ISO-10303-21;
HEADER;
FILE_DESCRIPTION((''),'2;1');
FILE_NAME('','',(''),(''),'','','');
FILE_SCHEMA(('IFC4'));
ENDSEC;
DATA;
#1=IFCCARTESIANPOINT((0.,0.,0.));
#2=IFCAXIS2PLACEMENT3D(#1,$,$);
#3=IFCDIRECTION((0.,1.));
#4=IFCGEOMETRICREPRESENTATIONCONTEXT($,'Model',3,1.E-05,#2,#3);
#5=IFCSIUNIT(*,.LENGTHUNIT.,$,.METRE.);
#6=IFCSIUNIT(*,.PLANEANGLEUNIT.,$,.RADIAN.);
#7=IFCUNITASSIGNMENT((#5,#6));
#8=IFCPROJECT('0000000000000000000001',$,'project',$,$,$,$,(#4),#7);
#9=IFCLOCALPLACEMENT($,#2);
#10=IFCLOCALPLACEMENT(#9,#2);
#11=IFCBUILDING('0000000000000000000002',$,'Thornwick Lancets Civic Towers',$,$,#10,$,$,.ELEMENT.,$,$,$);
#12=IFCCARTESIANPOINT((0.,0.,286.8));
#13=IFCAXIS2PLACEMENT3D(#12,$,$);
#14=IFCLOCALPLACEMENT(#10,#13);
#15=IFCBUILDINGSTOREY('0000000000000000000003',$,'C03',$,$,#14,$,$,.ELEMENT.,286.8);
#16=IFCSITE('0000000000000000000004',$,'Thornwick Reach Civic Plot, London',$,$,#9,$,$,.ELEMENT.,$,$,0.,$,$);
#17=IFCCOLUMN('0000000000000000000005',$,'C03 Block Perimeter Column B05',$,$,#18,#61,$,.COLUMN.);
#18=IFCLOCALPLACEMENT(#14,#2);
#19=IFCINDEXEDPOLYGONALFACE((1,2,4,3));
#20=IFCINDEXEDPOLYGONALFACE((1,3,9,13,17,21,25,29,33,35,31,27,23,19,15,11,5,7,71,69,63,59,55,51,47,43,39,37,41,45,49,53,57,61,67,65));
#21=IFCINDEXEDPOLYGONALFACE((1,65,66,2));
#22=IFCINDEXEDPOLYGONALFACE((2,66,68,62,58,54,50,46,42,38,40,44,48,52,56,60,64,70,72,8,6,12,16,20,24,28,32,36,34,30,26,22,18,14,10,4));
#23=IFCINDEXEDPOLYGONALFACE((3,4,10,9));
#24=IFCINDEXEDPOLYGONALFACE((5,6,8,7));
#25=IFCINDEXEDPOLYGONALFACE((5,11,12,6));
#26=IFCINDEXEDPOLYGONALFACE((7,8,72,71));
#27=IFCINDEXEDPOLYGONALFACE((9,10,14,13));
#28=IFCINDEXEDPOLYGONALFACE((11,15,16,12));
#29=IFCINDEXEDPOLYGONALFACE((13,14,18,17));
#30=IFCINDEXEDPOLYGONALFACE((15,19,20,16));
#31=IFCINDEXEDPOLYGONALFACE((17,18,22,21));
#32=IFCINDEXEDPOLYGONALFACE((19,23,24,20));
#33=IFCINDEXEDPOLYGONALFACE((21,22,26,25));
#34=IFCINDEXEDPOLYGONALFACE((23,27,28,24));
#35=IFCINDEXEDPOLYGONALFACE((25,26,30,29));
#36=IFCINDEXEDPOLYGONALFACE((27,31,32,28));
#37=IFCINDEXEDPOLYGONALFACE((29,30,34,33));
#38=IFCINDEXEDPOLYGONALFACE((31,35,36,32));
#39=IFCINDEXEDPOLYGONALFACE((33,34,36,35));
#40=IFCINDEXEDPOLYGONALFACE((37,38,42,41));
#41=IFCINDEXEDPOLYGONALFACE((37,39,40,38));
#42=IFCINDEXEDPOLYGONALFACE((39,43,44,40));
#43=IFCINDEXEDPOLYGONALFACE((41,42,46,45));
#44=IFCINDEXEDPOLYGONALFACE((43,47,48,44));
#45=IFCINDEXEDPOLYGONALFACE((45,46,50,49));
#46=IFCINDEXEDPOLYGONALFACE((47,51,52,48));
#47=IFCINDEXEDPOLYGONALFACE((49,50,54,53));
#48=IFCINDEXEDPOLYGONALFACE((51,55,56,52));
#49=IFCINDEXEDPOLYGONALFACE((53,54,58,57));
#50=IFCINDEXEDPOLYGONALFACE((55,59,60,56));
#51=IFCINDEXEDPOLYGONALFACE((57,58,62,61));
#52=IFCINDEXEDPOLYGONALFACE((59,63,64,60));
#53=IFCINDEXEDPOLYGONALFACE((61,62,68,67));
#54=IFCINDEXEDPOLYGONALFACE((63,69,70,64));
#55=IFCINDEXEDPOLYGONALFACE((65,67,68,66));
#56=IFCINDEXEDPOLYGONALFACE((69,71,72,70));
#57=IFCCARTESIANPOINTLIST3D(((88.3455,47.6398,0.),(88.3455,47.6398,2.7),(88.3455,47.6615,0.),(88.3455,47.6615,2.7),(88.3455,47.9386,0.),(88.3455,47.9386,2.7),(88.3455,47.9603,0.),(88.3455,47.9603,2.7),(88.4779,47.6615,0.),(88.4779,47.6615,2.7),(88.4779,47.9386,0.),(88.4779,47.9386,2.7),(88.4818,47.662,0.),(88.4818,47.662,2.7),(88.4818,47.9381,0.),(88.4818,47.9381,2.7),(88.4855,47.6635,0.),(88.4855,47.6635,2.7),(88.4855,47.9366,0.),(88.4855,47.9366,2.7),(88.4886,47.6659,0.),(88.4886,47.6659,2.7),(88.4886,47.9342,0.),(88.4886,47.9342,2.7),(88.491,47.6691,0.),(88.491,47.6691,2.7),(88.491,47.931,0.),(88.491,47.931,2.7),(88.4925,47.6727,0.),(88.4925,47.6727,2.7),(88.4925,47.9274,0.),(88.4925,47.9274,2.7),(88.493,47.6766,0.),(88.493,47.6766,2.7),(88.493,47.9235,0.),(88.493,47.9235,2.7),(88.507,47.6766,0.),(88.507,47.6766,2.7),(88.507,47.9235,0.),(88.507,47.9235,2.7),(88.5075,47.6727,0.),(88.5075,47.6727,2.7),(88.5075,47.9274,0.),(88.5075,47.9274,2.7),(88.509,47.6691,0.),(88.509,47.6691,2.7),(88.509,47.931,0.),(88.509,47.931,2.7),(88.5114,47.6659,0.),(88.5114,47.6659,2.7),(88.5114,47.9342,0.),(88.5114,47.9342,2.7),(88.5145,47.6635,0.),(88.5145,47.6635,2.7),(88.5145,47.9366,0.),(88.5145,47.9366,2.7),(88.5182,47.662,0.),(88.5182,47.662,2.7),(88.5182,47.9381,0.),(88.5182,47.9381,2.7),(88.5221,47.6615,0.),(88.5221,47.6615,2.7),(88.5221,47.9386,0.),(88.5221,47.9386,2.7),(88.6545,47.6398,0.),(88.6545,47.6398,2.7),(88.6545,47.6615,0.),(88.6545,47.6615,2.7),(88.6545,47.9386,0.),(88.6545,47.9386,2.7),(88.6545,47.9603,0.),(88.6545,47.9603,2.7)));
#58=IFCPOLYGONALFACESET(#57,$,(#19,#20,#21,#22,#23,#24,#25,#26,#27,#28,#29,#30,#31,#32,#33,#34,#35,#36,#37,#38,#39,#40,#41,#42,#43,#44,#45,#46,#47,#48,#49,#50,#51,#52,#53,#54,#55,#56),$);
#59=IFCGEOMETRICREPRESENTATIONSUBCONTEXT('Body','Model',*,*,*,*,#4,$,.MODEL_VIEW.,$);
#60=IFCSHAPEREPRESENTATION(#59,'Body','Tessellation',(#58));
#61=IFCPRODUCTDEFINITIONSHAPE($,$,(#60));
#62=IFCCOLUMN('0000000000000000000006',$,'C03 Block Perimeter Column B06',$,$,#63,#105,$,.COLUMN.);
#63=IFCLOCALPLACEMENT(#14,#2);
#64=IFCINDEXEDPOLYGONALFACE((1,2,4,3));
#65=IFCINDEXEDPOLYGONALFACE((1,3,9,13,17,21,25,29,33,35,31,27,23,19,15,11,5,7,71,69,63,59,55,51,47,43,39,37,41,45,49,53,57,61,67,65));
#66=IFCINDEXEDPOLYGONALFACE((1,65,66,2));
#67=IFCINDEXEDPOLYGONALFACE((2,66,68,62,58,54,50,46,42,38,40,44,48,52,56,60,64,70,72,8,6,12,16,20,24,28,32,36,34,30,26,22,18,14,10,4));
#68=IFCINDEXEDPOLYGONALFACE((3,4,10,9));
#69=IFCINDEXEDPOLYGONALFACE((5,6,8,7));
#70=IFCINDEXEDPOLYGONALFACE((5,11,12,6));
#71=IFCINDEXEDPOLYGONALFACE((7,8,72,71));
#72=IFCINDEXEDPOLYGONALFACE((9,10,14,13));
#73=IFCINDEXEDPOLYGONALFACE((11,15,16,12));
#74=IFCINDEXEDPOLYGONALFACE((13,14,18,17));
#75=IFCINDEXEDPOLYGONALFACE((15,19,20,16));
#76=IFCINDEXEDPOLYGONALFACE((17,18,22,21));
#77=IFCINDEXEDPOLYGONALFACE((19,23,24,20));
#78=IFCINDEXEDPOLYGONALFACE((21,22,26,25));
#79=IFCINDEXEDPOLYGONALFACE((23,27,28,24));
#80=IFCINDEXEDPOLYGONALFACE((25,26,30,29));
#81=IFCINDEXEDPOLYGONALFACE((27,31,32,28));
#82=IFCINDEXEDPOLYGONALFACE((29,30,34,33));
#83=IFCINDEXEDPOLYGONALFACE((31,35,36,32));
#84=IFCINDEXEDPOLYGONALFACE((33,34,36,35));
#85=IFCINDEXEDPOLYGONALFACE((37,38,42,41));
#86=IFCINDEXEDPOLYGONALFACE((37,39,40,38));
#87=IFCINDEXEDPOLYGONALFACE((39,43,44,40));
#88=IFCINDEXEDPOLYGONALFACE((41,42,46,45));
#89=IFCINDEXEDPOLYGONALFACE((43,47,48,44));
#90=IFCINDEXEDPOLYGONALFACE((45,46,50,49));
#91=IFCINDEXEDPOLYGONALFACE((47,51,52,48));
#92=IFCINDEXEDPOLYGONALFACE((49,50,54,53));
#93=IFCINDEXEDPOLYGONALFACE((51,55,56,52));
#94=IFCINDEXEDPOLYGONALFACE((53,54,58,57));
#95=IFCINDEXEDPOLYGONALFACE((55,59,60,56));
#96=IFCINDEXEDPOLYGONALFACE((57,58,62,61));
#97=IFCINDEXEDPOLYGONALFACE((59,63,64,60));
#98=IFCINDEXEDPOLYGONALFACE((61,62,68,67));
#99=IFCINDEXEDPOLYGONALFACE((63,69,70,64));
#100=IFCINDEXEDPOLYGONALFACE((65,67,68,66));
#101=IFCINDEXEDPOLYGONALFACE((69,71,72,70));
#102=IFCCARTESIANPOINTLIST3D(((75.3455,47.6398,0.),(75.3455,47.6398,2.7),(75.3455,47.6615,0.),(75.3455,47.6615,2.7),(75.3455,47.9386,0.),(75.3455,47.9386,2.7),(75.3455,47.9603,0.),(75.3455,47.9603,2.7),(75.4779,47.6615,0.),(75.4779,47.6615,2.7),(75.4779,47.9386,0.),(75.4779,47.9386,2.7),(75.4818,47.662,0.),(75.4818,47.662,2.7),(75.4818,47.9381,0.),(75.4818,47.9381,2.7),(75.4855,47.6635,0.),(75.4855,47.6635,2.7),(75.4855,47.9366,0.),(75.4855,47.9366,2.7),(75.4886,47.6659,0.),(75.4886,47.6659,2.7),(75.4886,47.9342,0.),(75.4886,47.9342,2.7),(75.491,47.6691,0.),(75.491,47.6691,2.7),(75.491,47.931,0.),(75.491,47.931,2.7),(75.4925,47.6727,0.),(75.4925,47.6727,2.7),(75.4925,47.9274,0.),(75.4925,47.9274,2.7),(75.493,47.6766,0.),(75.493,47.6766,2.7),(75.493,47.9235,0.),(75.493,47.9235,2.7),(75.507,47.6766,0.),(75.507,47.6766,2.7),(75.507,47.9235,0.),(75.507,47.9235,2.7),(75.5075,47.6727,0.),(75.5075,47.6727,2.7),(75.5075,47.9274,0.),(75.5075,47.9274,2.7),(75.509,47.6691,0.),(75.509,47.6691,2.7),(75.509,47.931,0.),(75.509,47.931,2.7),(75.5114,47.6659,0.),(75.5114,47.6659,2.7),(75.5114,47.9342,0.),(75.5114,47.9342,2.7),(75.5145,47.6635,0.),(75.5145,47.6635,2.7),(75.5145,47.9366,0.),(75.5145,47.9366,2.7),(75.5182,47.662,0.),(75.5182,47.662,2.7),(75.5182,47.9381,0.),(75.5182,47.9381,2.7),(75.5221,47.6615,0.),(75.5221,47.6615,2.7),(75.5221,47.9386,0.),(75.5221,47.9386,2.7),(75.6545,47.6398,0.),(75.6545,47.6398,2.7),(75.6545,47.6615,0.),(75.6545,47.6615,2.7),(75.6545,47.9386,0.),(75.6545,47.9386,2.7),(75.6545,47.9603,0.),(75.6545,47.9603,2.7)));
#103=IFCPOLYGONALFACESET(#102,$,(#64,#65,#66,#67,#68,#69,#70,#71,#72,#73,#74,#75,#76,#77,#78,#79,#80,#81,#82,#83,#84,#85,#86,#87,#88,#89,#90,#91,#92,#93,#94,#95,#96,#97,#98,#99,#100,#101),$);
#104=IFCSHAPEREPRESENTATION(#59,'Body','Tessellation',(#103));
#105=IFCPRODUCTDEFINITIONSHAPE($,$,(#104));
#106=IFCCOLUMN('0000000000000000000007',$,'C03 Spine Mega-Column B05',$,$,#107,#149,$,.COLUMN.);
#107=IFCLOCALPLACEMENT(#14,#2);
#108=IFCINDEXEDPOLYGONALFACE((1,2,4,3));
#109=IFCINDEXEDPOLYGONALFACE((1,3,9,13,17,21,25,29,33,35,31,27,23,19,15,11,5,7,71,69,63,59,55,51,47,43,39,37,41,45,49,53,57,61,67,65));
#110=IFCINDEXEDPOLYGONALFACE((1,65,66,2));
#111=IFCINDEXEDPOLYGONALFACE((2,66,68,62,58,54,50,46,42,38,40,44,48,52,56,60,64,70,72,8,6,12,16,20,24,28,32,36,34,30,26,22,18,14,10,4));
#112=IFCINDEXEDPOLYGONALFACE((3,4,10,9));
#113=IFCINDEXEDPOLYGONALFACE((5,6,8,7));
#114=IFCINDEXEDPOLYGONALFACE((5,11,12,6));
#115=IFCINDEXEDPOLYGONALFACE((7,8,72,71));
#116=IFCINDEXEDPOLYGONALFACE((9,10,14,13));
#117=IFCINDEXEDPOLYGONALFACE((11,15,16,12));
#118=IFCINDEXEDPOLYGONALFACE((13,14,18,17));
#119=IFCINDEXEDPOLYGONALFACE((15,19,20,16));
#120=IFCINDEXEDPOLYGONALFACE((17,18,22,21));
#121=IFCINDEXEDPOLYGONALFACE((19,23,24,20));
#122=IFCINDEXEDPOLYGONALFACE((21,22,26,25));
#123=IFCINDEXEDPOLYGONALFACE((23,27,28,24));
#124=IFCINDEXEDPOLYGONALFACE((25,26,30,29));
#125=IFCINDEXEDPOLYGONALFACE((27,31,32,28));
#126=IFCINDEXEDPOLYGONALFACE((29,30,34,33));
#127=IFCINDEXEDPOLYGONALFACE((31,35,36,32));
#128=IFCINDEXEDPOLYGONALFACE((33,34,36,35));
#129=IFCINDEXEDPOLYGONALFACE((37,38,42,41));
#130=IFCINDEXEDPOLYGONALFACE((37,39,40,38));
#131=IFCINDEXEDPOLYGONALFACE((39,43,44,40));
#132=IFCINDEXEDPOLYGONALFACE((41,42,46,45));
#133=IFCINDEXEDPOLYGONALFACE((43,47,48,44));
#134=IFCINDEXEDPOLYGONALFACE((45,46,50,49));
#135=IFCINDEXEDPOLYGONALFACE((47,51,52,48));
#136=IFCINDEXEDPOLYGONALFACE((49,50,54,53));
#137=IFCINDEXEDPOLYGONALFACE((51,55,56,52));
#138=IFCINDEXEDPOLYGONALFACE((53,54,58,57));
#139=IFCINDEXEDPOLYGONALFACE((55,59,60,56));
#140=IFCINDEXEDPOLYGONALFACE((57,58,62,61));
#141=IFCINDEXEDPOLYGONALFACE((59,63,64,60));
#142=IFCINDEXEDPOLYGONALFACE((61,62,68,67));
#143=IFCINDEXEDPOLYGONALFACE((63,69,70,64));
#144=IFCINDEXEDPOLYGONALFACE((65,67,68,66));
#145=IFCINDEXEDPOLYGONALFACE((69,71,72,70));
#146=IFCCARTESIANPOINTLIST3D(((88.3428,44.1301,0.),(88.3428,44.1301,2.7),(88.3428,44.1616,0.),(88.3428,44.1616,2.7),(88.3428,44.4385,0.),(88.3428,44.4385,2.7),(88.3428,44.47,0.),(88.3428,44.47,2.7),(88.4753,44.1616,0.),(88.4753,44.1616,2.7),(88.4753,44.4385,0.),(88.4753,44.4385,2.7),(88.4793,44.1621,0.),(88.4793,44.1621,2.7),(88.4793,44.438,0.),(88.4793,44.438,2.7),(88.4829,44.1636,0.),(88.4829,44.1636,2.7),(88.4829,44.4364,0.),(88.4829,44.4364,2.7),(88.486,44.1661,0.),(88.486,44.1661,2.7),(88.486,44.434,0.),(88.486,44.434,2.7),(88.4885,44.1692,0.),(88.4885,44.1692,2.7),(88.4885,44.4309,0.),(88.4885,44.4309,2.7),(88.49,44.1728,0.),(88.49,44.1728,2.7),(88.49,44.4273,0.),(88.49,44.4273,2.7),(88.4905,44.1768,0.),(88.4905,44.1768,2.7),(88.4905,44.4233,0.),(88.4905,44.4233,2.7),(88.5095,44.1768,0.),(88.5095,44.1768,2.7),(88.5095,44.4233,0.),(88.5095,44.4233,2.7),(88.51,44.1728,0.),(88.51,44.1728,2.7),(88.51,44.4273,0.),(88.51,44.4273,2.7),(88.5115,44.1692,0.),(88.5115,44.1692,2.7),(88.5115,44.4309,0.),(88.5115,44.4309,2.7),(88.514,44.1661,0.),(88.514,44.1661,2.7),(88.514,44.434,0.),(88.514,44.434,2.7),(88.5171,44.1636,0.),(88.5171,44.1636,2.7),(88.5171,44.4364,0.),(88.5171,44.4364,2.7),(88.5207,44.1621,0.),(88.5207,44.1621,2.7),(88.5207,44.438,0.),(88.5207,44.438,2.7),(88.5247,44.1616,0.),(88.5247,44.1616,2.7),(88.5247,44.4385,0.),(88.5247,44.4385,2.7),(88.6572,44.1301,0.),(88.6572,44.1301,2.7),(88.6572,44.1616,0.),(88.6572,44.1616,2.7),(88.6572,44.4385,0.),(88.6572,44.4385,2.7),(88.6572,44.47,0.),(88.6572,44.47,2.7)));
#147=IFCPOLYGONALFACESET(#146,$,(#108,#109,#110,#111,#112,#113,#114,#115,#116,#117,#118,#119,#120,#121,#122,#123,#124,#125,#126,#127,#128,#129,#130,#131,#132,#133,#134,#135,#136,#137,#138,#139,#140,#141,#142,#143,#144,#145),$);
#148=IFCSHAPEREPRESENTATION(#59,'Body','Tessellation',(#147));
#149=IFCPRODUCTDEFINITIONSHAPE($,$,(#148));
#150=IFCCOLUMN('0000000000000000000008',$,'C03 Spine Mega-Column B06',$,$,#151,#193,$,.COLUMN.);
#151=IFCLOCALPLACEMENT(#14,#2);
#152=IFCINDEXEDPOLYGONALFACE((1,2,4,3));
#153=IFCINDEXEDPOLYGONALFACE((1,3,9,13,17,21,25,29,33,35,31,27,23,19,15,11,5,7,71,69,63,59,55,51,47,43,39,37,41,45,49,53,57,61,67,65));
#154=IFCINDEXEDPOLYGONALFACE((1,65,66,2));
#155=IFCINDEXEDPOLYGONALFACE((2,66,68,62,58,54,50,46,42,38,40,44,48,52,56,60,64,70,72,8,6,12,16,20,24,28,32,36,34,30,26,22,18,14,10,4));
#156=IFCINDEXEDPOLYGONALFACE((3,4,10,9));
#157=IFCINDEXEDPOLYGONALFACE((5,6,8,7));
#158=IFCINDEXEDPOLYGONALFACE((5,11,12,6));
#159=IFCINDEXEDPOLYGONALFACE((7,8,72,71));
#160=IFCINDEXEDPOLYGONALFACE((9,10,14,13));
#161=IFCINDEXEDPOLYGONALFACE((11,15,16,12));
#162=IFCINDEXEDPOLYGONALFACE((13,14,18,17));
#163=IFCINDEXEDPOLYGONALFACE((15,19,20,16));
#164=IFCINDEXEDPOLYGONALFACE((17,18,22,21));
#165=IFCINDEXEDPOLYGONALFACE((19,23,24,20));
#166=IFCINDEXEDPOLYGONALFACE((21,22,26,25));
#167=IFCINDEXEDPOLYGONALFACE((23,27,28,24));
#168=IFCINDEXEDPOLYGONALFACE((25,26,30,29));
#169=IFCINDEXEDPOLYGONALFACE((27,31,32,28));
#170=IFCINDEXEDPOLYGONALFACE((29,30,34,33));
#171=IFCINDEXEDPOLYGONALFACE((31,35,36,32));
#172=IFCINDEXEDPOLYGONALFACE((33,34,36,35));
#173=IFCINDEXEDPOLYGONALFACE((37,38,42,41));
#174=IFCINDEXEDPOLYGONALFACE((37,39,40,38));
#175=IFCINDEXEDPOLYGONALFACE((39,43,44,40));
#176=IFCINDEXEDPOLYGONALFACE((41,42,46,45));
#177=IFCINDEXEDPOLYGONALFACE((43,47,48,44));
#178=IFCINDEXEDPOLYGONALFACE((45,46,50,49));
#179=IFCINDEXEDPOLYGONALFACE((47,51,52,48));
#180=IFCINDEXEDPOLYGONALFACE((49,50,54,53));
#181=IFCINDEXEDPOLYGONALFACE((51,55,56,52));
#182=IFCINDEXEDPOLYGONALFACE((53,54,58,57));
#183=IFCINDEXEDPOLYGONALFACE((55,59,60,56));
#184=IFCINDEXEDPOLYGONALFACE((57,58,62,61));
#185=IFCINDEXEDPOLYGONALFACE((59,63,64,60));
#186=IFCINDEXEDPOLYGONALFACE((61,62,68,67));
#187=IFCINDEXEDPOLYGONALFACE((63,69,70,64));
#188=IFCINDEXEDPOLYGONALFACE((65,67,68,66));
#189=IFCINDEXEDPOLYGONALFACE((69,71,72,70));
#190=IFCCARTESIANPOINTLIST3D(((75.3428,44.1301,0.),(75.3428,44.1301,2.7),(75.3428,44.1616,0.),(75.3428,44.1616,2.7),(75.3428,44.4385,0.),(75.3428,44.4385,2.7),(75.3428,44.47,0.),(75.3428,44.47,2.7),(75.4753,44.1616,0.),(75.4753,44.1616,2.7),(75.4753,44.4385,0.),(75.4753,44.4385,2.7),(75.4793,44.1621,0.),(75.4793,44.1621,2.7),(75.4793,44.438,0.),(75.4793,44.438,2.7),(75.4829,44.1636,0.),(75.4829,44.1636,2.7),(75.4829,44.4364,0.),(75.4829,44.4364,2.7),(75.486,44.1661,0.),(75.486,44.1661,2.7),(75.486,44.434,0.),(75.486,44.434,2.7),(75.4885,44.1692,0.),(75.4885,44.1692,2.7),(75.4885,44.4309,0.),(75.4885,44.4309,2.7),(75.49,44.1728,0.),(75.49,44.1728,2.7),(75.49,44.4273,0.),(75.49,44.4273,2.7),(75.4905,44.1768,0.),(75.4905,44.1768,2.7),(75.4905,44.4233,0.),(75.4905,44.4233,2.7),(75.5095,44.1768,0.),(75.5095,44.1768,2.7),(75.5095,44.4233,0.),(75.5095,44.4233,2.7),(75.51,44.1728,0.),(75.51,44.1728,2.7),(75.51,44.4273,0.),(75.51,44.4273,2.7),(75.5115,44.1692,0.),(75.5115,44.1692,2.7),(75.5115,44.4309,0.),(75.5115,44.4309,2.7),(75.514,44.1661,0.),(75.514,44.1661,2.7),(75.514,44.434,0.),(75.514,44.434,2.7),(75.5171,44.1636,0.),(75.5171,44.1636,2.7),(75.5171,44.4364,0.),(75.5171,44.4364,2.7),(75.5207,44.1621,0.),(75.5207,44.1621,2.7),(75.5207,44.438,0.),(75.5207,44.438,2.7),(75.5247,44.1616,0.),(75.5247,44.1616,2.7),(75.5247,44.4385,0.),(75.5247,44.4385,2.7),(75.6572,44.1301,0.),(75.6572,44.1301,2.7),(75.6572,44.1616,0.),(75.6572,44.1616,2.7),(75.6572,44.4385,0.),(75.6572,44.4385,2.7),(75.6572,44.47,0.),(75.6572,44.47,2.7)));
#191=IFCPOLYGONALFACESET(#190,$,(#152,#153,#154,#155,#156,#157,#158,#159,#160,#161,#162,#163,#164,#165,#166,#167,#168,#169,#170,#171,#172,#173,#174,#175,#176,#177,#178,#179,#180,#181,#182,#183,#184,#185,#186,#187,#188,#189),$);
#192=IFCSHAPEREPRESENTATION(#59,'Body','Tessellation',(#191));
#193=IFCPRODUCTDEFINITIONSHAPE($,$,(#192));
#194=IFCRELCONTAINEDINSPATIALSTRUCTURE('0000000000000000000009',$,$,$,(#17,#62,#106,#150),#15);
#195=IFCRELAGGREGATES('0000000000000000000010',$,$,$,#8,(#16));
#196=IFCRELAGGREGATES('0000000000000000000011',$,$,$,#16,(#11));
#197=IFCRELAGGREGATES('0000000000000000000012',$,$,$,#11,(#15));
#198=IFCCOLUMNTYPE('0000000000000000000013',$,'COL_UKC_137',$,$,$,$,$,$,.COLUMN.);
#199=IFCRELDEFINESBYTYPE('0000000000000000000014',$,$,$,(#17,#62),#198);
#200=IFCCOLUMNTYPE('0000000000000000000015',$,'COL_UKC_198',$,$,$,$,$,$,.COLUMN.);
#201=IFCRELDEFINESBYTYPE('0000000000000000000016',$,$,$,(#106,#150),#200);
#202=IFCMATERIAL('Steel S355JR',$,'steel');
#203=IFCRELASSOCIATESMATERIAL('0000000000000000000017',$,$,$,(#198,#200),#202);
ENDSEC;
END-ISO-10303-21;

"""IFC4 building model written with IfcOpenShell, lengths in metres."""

from ifc_helpers import new_model, si_unit, direction, frame, origin, origin_2d, place, context, subcontext, project, spatial, i_section, extrude, material, material_profile, profile_set, type_object, element, save


model = new_model("IFC4")

# Units and contexts
model_context = context("Model", 3, precision=1e-05, world=origin(), true_north=direction((0.0, 1.0)))
body_context = subcontext(model_context, "Body", "Model", "MODEL_VIEW")
ifc_project = project(units=[si_unit("LENGTHUNIT", "METRE"), si_unit("PLANEANGLEUNIT", "RADIAN")], contexts=[model_context])

# Site, building, storey
site_placement = place(None, origin())
site = spatial("IfcSite", under=ifc_project, at=site_placement, Name="Thornwick Reach Civic Plot, London", CompositionType="ELEMENT", RefElevation=0.0)
building_placement = place(site_placement, origin())
building = spatial("IfcBuilding", under=site, at=building_placement, Name="Thornwick Lancets Civic Towers", CompositionType="ELEMENT")
storey_placement = place(building_placement, frame((0.0, 0.0, 286.8)))
storey = spatial("IfcBuildingStorey", under=building, at=storey_placement, Name="C03", CompositionType="ELEMENT", Elevation=286.8)

# Columns
ifc_material_1 = material(Name="Steel S355JR", Category="steel")
ifc_material_profile_1 = material_profile(ifc_material_1, i_section(OverallWidth=0.3091, OverallDepth=0.3206, WebThickness=0.0139, FlangeThickness=0.0217, FilletRadius=0.0151, at=origin_2d()), Name="UKC 305x305x137")
ifc_profile_set_1 = profile_set([ifc_material_profile_1], Name="Steel S355JR")
column_type_1 = type_object("IfcColumnType", Name="COL_UKC_137", PredefinedType="COLUMN", material=ifc_profile_set_1)
for number, where, z_axis, x_axis, name in (
    (1, (88.5, 47.8, 0.0), (0.0, 0.0, 1.0), (1.0, 0.0, 0.0), "C03 Block Perimeter Column B05"),
    (2, (75.5, 47.8, 0.0), (0.0, 0.0, 1.0), (1.0, 0.0, 0.0), "C03 Block Perimeter Column B06"),
):
    element("IfcColumn", number, at=place(storey_placement, frame(where, z_axis=z_axis, x_axis=x_axis)), inside=storey, type_object=column_type_1, Name=name, PredefinedType="COLUMN", context=body_context, shape_type="SweptSolid", body=[
        extrude(i_section(OverallWidth=0.3091, OverallDepth=0.3206, WebThickness=0.0139, FlangeThickness=0.0217, FilletRadius=0.0151, at=origin_2d()), origin(), (0.0, 0.0, 1.0), 2.7),
    ])
ifc_material_profile_2 = material_profile(ifc_material_1, i_section(OverallWidth=0.3145, OverallDepth=0.3398, WebThickness=0.019, FlangeThickness=0.0315, FilletRadius=0.0151, at=origin_2d()), Name="UKC 305x305x198")
ifc_profile_set_2 = profile_set([ifc_material_profile_2], Name="Steel S355JR")
column_type_2 = type_object("IfcColumnType", Name="COL_UKC_198", PredefinedType="COLUMN", material=ifc_profile_set_2)
for number, where, z_axis, x_axis, name in (
    (3, (88.5, 44.3, 0.0), (0.0, 0.0, 1.0), (1.0, 0.0, 0.0), "C03 Spine Mega-Column B05"),
    (4, (75.5, 44.3, 0.0), (0.0, 0.0, 1.0), (1.0, 0.0, 0.0), "C03 Spine Mega-Column B06"),
):
    element("IfcColumn", number, at=place(storey_placement, frame(where, z_axis=z_axis, x_axis=x_axis)), inside=storey, type_object=column_type_2, Name=name, PredefinedType="COLUMN", context=body_context, shape_type="SweptSolid", body=[
        extrude(i_section(OverallWidth=0.3145, OverallDepth=0.3398, WebThickness=0.019, FlangeThickness=0.0315, FilletRadius=0.0151, at=origin_2d()), origin(), (0.0, 0.0, 1.0), 2.7),
    ])

save(model, "model.ifc")
